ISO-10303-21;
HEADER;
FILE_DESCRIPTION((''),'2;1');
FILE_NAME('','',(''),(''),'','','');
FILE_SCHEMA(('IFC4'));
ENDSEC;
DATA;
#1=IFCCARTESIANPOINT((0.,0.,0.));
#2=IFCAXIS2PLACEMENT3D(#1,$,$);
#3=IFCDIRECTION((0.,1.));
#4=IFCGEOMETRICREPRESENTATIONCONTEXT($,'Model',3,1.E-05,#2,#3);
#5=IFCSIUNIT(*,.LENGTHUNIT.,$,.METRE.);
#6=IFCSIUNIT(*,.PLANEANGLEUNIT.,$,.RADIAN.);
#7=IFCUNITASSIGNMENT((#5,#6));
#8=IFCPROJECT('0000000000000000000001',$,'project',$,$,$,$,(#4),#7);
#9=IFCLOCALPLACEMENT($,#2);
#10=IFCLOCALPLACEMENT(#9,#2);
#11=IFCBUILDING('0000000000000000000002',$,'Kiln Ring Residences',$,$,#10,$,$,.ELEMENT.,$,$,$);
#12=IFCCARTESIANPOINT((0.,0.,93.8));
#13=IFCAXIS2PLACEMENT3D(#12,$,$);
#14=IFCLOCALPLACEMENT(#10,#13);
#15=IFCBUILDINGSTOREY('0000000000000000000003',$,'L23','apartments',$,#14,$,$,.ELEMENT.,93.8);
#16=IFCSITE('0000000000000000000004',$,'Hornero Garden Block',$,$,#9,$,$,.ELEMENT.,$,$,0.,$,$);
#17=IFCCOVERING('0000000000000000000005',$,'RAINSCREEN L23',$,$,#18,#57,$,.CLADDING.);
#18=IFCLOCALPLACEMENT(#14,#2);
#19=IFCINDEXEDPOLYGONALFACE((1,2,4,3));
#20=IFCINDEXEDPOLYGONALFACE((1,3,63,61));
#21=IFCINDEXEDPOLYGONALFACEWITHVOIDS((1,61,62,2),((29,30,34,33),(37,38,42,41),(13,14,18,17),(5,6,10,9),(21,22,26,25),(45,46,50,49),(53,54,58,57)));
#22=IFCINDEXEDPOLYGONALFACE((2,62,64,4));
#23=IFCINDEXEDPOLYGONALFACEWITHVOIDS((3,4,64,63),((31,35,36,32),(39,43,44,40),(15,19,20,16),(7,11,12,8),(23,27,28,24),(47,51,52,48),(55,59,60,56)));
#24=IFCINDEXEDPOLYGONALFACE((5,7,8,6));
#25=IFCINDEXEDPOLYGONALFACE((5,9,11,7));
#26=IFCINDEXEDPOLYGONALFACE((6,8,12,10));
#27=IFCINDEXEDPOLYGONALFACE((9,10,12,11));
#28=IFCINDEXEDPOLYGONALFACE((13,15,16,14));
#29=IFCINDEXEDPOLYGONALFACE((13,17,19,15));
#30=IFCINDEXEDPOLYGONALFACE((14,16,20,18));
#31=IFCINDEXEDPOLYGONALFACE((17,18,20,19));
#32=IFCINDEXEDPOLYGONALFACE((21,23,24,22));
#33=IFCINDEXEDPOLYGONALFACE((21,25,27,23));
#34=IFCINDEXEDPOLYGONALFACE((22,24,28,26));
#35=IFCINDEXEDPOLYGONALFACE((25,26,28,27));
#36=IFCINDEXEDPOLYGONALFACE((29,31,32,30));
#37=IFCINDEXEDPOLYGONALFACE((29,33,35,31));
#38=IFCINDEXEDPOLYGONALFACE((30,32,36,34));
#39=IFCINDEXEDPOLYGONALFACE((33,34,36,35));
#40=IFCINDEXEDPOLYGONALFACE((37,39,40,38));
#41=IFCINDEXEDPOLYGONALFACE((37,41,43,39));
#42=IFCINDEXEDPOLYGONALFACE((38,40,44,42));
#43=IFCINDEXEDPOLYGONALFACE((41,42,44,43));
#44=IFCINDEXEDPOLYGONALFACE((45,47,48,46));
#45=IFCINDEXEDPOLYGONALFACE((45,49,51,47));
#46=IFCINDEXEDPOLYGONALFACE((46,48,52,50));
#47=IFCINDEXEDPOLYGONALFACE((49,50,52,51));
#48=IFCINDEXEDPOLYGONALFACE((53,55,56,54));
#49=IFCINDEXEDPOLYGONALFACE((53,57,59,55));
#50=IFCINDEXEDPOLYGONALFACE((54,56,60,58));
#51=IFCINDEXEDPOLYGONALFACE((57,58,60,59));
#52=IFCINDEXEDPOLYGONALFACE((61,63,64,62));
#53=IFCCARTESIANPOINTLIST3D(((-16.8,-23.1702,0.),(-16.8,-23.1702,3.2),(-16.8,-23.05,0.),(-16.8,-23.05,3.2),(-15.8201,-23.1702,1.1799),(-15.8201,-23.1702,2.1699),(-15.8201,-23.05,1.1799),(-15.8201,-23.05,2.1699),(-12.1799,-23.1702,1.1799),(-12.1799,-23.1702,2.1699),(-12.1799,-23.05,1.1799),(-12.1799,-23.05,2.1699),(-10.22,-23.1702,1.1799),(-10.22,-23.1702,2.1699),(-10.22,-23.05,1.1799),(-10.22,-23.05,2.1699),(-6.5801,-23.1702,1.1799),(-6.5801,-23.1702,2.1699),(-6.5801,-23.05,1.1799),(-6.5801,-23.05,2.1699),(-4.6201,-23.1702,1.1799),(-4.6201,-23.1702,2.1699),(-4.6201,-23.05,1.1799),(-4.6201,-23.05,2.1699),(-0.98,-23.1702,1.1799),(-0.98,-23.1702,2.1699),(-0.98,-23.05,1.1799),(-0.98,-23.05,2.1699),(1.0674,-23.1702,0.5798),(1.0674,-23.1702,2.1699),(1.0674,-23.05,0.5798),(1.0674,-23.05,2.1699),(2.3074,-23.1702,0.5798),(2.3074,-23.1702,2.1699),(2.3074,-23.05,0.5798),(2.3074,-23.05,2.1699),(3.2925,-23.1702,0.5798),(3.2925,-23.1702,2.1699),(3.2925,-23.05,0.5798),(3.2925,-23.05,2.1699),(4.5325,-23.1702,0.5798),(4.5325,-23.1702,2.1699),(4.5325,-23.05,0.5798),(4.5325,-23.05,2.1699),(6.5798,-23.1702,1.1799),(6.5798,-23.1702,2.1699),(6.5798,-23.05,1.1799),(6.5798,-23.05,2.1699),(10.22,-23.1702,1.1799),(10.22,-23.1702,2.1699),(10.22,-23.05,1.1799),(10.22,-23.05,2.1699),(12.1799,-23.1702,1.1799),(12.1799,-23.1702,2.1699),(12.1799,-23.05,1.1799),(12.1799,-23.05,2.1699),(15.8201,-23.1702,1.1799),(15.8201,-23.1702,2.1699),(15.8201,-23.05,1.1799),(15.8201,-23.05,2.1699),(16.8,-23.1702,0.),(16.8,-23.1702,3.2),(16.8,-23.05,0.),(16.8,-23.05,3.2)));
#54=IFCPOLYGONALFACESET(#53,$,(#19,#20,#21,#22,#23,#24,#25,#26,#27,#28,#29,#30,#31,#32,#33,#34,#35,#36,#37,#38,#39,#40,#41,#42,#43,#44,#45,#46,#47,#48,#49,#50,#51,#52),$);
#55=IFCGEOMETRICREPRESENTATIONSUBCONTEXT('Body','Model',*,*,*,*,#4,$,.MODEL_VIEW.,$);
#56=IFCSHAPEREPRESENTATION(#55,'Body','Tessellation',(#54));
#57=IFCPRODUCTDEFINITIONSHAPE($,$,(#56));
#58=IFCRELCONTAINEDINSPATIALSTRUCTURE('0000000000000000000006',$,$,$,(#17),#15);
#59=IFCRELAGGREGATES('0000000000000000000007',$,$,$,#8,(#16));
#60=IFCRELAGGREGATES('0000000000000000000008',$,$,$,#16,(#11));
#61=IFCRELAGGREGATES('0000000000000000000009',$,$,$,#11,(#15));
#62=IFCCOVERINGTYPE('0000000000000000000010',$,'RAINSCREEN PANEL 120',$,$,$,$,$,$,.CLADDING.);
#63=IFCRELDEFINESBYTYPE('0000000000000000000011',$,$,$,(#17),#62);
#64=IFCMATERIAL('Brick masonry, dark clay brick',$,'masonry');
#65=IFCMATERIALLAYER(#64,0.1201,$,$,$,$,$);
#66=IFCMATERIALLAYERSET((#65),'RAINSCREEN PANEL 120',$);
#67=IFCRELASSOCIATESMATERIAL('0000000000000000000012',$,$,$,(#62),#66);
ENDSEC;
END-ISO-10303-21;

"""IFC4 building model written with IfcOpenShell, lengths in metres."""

from ifc_helpers import new_model, si_unit, direction, frame, origin, place, context, subcontext, project, spatial, polyline, outline, extrude, material, layer, layer_set, type_object, element, save


model = new_model("IFC4")

# Units and contexts
model_context = context("Model", 3, precision=1e-05, world=origin(), true_north=direction((0.0, 1.0)))
body_context = subcontext(model_context, "Body", "Model", "MODEL_VIEW")
ifc_project = project(units=[si_unit("LENGTHUNIT", "METRE"), si_unit("PLANEANGLEUNIT", "RADIAN")], contexts=[model_context])

# Site, building, storey
site_placement = place(None, origin())
site = spatial("IfcSite", under=ifc_project, at=site_placement, Name="Hornero Garden Block", CompositionType="ELEMENT", RefElevation=0.0)
building_placement = place(site_placement, origin())
building = spatial("IfcBuilding", under=site, at=building_placement, Name="Kiln Ring Residences", CompositionType="ELEMENT")
storey_placement = place(building_placement, frame((0.0, 0.0, 93.8)))
storey = spatial("IfcBuildingStorey", under=building, at=storey_placement, Name="L23", Description="apartments", CompositionType="ELEMENT", Elevation=93.8)

# Covering
ifc_material_1 = material(Name="Brick masonry, dark clay brick", Category="masonry")
ifc_layer_1 = layer(ifc_material_1, 0.1201)
ifc_layer_set_1 = layer_set([ifc_layer_1], Name="RAINSCREEN PANEL 120")
covering_type = type_object("IfcCoveringType", Name="RAINSCREEN PANEL 120", PredefinedType="CLADDING", material=ifc_layer_set_1)
covering_placement = place(storey_placement, frame((-16.8, -23.1101, 0.0), z_axis=(0.0, 0.0, 1.0), x_axis=(1.0, 0.0, 0.0)))
element("IfcCovering", 1, at=covering_placement, inside=storey, type_object=covering_type, Name="RAINSCREEN L23", PredefinedType="CLADDING", context=body_context, shape_type="SweptSolid", body=[
    extrude(outline(polyline([(0.0, 0.0), (33.6001, 0.0), (33.6001, 3.2), (0.0, 3.2), (0.0, 0.0)]), holes=[polyline([(19.1074, 0.5798), (19.1074, 2.1699), (17.8674, 2.1699), (17.8674, 0.5798), (19.1074, 0.5798)]), polyline([(20.0925, 0.5798), (21.3325, 0.5798), (21.3325, 2.1699), (20.0925, 2.1699), (20.0925, 0.5798)]), polyline([(0.98, 1.1799), (4.6201, 1.1799), (4.6201, 2.1699), (0.98, 2.1699), (0.98, 1.1799)]), polyline([(6.5801, 1.1799), (10.22, 1.1799), (10.22, 2.1699), (6.5801, 2.1699), (6.5801, 1.1799)]), polyline([(12.1799, 1.1799), (15.8201, 1.1799), (15.8201, 2.1699), (12.1799, 2.1699), (12.1799, 1.1799)]), polyline([(23.3799, 1.1799), (27.02, 1.1799), (27.02, 2.1699), (23.3799, 2.1699), (23.3799, 1.1799)]), polyline([(28.98, 1.1799), (32.6201, 1.1799), (32.6201, 2.1699), (28.98, 2.1699), (28.98, 1.1799)])]), frame((0.0, 0.0601, 0.0), z_axis=(0.0, -1.0, 0.0), x_axis=(1.0, 0.0, 0.0)), (0.0, 0.0, 1.0), 0.1201),
])

save(model, "model.ifc")
